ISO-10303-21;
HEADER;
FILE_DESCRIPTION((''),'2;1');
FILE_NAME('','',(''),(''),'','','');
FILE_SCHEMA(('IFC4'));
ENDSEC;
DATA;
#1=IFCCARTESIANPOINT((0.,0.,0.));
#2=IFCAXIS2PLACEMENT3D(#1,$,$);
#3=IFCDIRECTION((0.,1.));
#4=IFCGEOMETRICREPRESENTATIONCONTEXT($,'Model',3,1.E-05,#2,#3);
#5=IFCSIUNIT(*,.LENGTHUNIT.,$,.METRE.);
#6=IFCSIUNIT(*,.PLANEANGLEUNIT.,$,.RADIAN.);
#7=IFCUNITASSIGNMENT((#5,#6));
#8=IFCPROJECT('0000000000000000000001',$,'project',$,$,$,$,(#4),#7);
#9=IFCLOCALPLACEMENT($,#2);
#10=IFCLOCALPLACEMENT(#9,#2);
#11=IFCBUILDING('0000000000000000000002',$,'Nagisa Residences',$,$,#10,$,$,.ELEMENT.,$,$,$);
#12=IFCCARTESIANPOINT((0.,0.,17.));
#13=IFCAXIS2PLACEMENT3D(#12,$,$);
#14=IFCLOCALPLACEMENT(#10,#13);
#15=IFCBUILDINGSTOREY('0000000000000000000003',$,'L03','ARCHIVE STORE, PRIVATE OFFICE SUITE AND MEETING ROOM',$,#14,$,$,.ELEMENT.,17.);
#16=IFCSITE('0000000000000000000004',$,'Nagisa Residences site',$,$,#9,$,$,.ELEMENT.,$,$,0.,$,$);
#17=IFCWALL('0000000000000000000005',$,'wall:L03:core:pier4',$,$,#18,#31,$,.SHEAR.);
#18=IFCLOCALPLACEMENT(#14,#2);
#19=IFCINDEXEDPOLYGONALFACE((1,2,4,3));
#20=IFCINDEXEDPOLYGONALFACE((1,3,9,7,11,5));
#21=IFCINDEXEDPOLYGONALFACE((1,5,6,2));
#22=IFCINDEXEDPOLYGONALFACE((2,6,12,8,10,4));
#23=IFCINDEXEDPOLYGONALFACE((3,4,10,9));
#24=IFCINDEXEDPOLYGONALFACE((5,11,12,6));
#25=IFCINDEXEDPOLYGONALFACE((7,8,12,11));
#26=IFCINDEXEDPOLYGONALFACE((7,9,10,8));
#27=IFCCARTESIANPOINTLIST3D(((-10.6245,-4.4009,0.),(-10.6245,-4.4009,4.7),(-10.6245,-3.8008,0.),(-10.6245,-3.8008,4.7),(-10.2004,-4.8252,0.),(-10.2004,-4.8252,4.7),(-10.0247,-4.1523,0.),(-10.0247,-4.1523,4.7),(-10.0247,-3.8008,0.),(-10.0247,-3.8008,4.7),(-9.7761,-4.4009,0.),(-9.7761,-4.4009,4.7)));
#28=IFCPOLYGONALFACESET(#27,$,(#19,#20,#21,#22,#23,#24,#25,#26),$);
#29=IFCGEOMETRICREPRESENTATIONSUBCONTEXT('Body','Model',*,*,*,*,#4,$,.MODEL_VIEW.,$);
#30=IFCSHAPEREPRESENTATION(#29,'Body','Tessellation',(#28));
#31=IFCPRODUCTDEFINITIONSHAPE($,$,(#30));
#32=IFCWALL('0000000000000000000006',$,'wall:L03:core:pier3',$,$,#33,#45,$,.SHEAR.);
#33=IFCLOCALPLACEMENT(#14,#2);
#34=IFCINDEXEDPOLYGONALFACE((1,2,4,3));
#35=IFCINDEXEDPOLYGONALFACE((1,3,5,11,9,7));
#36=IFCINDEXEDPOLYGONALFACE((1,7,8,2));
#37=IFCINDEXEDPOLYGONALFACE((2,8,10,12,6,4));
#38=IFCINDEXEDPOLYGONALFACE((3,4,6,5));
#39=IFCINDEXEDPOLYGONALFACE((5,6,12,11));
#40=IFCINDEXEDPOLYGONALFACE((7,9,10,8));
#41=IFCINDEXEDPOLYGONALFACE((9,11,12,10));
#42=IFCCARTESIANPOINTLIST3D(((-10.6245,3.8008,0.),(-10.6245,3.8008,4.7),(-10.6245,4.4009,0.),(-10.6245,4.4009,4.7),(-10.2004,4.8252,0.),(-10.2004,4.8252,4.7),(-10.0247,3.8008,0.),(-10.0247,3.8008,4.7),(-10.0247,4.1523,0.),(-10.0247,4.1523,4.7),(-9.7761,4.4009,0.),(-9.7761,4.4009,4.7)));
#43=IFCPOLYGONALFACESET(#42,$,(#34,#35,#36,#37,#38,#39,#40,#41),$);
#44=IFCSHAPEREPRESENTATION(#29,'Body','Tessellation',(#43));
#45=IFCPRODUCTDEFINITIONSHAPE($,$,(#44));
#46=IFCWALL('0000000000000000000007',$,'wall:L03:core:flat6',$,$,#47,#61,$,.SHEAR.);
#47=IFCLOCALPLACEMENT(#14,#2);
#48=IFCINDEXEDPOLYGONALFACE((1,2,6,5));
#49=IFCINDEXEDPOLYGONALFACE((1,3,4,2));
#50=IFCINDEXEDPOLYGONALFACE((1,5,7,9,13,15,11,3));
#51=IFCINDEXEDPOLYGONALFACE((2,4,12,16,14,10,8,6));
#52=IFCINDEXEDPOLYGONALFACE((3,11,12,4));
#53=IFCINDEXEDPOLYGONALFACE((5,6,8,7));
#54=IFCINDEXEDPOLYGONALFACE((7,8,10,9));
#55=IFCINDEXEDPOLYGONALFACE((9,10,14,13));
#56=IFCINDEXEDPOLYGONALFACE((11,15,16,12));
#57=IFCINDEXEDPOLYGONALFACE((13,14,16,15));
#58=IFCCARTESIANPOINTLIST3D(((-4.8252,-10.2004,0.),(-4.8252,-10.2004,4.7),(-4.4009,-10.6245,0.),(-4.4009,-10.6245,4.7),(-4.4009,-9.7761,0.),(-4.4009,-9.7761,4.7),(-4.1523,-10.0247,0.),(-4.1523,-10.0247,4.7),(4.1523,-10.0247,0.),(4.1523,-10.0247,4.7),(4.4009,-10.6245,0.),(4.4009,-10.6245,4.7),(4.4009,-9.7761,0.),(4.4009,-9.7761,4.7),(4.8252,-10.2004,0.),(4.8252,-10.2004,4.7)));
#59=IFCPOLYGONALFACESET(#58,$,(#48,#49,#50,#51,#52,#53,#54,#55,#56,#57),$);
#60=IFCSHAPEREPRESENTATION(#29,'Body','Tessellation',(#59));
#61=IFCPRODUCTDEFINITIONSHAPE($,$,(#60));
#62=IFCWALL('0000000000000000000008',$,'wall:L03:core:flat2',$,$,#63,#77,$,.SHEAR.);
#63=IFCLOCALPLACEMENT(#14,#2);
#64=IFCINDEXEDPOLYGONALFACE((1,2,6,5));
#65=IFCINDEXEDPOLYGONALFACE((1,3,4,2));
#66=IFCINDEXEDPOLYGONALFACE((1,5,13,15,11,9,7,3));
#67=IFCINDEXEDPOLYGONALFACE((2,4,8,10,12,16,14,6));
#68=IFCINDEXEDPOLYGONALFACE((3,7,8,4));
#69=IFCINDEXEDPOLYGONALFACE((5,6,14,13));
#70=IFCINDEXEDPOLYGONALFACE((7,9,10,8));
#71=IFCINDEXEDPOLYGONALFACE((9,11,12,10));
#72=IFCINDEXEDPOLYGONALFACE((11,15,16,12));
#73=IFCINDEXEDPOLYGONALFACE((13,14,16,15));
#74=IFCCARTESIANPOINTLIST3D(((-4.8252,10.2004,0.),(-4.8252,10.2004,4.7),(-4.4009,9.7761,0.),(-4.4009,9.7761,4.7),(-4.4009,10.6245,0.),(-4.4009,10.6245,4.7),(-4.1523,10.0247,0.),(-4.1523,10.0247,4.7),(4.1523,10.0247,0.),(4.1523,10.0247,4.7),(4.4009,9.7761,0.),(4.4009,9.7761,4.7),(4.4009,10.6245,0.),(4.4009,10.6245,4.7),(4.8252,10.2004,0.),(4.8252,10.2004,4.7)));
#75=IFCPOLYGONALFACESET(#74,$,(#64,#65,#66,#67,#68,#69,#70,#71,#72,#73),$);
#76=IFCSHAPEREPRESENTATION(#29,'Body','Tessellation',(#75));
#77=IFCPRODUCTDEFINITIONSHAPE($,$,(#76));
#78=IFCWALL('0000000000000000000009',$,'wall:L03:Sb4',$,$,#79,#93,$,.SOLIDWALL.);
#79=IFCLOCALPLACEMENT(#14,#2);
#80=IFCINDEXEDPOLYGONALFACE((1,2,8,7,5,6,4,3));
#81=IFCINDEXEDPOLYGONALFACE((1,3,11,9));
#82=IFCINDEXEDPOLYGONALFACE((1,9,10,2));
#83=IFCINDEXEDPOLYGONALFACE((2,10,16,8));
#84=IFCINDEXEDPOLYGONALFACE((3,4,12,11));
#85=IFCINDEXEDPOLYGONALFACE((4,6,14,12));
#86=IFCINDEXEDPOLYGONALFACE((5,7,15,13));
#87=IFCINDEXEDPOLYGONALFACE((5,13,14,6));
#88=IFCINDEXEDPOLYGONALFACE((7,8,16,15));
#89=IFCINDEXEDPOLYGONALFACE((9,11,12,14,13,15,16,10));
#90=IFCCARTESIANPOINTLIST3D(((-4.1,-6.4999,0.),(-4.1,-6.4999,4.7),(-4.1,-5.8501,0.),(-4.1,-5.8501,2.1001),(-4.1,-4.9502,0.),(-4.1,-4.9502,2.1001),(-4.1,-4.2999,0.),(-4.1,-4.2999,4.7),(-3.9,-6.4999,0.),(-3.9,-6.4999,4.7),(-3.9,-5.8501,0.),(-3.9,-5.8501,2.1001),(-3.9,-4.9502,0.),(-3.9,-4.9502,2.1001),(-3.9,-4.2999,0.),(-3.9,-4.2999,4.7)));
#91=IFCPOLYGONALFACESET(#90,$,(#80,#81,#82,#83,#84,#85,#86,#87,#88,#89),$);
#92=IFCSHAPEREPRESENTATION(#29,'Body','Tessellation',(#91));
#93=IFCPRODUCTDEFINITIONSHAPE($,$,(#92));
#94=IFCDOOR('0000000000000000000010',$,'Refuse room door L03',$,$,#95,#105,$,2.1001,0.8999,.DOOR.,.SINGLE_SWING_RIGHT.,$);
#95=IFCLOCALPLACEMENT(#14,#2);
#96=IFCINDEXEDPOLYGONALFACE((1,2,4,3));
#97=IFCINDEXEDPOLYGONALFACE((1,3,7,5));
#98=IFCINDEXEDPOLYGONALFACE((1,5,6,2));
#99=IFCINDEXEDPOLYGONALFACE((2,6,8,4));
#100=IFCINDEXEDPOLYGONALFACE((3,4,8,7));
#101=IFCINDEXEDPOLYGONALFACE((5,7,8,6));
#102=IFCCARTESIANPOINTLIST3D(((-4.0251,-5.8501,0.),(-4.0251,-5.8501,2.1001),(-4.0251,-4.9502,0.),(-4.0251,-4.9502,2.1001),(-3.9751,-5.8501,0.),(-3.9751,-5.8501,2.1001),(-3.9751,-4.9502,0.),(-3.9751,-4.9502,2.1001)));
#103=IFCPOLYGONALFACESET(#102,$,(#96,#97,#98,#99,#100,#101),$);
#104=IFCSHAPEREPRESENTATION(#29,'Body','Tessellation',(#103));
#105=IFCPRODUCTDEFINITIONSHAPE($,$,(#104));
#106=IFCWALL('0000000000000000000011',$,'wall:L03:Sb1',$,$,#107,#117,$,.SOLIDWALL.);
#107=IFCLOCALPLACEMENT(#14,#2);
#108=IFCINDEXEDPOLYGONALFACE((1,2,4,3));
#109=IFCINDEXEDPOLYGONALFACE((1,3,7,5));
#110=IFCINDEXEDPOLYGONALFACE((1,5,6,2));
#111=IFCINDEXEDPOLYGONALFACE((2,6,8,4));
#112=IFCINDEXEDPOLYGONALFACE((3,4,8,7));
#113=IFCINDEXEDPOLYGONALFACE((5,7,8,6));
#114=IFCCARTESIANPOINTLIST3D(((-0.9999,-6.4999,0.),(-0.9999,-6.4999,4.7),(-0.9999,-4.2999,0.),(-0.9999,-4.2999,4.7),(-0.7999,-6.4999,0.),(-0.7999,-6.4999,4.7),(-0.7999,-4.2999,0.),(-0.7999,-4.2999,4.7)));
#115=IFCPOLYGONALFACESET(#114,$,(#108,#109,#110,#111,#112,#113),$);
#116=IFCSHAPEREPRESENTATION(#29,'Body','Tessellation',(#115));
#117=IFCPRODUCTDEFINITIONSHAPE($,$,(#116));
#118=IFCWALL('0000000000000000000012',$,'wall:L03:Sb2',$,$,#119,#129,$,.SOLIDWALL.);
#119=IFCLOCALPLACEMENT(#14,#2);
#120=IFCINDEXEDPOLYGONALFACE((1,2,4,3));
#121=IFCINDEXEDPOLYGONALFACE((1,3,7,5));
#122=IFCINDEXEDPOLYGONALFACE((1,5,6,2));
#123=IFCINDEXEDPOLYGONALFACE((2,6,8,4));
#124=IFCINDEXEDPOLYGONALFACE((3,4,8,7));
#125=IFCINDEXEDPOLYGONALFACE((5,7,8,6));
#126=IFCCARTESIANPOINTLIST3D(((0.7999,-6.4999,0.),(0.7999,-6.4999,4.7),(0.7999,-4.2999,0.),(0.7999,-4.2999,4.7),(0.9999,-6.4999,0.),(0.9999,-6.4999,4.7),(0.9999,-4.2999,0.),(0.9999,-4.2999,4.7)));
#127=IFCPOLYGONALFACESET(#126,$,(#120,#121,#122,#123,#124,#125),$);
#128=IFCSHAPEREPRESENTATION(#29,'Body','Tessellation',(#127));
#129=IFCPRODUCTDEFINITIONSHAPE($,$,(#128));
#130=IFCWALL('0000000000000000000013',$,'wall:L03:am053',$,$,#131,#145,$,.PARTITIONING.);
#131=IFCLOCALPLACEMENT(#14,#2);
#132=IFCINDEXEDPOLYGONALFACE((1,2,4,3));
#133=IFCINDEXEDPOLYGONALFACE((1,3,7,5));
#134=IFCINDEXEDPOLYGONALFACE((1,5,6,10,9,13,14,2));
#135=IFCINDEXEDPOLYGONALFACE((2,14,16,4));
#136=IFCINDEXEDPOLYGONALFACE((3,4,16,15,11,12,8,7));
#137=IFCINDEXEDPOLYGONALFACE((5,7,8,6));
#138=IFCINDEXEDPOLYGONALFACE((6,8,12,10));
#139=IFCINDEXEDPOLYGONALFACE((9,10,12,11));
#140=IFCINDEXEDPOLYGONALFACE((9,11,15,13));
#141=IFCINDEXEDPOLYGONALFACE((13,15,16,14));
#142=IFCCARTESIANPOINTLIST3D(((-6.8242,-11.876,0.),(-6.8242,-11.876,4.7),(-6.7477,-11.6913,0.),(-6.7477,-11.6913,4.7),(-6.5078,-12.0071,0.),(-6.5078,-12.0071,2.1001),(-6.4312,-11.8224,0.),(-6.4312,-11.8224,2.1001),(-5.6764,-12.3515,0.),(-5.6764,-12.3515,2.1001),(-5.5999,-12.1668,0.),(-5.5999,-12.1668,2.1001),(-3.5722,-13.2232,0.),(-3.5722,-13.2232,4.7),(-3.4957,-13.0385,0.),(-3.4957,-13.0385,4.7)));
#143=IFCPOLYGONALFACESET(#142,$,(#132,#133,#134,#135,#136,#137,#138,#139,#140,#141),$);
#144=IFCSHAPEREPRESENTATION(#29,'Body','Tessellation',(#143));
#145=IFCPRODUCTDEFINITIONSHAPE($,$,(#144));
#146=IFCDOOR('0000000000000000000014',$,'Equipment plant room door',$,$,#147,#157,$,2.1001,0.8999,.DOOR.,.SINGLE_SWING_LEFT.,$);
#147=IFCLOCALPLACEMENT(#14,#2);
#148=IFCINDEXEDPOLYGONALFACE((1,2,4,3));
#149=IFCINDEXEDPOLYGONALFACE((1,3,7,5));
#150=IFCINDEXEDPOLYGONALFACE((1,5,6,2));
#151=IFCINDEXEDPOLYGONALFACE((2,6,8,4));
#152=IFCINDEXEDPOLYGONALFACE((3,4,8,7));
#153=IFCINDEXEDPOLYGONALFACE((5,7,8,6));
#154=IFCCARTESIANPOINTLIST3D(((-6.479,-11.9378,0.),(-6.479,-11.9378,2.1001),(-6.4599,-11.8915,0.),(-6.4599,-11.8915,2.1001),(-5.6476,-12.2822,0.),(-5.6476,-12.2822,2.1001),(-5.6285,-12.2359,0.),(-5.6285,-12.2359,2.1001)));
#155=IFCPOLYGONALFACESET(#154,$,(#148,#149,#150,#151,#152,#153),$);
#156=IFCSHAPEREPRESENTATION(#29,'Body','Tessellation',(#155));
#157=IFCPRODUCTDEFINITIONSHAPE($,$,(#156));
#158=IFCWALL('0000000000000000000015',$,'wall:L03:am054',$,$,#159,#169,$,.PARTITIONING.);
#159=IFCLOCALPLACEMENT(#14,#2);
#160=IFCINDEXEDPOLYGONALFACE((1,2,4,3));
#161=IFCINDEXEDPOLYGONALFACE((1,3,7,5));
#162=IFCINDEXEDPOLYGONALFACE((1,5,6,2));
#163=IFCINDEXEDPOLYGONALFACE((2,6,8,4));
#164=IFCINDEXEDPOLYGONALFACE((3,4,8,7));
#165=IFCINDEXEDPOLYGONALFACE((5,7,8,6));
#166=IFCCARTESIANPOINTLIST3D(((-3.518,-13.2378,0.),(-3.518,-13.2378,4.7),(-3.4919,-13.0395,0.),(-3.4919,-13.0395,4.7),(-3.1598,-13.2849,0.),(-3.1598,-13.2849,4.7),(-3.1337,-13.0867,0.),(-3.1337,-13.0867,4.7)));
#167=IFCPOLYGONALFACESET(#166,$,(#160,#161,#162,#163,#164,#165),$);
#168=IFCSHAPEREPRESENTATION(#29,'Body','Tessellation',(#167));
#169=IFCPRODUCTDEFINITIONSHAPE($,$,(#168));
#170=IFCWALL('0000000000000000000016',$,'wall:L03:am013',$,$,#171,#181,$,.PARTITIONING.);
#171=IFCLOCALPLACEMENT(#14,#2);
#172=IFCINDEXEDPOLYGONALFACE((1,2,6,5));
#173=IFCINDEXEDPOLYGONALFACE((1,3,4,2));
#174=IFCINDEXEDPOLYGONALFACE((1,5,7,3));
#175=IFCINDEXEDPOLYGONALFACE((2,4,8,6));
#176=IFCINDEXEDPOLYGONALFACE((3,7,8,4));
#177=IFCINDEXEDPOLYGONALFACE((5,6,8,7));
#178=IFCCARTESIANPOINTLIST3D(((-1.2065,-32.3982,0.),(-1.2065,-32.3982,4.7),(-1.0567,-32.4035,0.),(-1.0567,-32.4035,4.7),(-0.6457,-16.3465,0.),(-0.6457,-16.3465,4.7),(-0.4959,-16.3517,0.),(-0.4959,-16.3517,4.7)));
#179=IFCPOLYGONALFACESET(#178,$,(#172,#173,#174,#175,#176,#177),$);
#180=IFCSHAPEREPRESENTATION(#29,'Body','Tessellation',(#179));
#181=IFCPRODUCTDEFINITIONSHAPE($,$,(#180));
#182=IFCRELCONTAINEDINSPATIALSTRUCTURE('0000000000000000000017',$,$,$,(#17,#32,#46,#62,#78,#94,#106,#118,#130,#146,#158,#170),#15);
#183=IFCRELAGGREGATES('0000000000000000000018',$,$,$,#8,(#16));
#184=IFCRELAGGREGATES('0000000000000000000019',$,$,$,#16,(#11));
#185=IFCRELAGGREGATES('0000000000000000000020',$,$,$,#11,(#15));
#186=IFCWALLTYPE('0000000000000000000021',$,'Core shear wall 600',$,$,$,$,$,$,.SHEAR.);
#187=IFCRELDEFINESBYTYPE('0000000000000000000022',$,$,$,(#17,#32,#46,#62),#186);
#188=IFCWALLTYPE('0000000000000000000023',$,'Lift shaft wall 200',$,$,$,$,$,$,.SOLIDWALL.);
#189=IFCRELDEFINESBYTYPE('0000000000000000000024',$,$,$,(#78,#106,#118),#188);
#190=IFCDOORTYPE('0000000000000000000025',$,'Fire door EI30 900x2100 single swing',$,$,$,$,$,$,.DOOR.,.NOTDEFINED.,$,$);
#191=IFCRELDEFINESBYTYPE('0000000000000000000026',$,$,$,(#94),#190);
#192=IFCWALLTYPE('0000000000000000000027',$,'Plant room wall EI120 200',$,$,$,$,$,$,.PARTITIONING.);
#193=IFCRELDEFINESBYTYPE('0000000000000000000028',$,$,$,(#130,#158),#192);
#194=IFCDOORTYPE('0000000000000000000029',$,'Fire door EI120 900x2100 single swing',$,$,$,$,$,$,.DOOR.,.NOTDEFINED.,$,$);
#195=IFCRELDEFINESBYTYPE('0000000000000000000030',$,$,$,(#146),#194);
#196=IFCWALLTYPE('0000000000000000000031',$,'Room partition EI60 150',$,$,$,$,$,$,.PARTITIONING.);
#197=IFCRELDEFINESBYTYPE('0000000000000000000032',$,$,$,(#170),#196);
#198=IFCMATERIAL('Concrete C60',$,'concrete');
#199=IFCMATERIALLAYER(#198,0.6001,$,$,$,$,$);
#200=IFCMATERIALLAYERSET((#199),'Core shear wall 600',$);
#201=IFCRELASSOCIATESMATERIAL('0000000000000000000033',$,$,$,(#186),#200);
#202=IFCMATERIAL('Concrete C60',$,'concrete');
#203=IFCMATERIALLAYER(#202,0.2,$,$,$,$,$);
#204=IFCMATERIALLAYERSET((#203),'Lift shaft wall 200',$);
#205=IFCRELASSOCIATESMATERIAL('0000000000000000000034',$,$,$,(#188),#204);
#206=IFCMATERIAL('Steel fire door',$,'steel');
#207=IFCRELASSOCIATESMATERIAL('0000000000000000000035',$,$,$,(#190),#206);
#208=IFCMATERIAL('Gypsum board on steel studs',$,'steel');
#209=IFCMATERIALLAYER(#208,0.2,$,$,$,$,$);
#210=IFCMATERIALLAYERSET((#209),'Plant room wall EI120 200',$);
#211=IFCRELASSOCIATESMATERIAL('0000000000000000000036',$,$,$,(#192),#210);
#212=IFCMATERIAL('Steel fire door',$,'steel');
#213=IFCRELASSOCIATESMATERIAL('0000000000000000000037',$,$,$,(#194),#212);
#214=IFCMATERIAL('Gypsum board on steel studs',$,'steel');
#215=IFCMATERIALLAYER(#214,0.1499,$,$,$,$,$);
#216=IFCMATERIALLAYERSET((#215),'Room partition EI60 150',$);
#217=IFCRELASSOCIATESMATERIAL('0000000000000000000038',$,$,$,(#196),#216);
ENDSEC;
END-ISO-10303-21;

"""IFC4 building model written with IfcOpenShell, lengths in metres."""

from ifc_helpers import new_model, si_unit, direction, frame, frame_2d, origin, place, context, subcontext, project, spatial, polyline, rectangle, outline, extrude, material, layer, layer_set, type_object, element, fill, save


model = new_model("IFC4")

# Units and contexts
model_context = context("Model", 3, precision=1e-05, world=origin(), true_north=direction((0.0, 1.0)))
body_context = subcontext(model_context, "Body", "Model", "MODEL_VIEW")
ifc_project = project(units=[si_unit("LENGTHUNIT", "METRE"), si_unit("PLANEANGLEUNIT", "RADIAN")], contexts=[model_context])

# Site, building, storey
site_placement = place(None, origin())
site = spatial("IfcSite", under=ifc_project, at=site_placement, Name="Nagisa Residences site", CompositionType="ELEMENT", RefElevation=0.0)
building_placement = place(site_placement, origin())
building = spatial("IfcBuilding", under=site, at=building_placement, Name="Nagisa Residences", CompositionType="ELEMENT")
storey_placement = place(building_placement, frame((0.0, 0.0, 17.0)))
storey = spatial("IfcBuildingStorey", under=building, at=storey_placement, Name="L03", Description="ARCHIVE STORE, PRIVATE OFFICE SUITE AND MEETING ROOM", CompositionType="ELEMENT", Elevation=17.0)

# Walls
ifc_material_1 = material(Name="Concrete C60", Category="concrete")
ifc_layer_1 = layer(ifc_material_1, 0.6001)
ifc_layer_set_1 = layer_set([ifc_layer_1], Name="Core shear wall 600")
wall_type_1 = type_object("IfcWallType", Name="Core shear wall 600", PredefinedType="SHEAR", material=ifc_layer_set_1)
wall_1_placement = place(storey_placement, origin())
element("IfcWall", 1, at=wall_1_placement, inside=storey, type_object=wall_type_1, Name="wall:L03:core:pier4", PredefinedType="SHEAR", context=body_context, shape_type="SweptSolid", body=[
    extrude(outline(polyline([(-10.6245, -3.8008), (-10.0247, -3.8008), (-10.0247, -4.1523), (-9.7761, -4.4009), (-10.2004, -4.8252), (-10.6245, -4.4009), (-10.6245, -3.8008)])), origin(), (0.0, 0.0, 1.0), 4.7),
])
wall_2_placement = place(storey_placement, origin())
element("IfcWall", 2, at=wall_2_placement, inside=storey, type_object=wall_type_1, Name="wall:L03:core:pier3", PredefinedType="SHEAR", context=body_context, shape_type="SweptSolid", body=[
    extrude(outline(polyline([(-10.2004, 4.8252), (-9.7761, 4.4009), (-10.0247, 4.1523), (-10.0247, 3.8008), (-10.6245, 3.8008), (-10.6245, 4.4009), (-10.2004, 4.8252)])), origin(), (0.0, 0.0, 1.0), 4.7),
])
wall_3_placement = place(storey_placement, origin())
element("IfcWall", 3, at=wall_3_placement, inside=storey, type_object=wall_type_1, Name="wall:L03:core:flat6", PredefinedType="SHEAR", context=body_context, shape_type="SweptSolid", body=[
    extrude(outline(polyline([(-4.1523, -10.0247), (4.1523, -10.0247), (4.4009, -9.7761), (4.8252, -10.2004), (4.4009, -10.6245), (-4.4009, -10.6245), (-4.8252, -10.2004), (-4.4009, -9.7761), (-4.1523, -10.0247)])), origin(), (0.0, 0.0, 1.0), 4.7),
])
wall_4_placement = place(storey_placement, origin())
element("IfcWall", 4, at=wall_4_placement, inside=storey, type_object=wall_type_1, Name="wall:L03:core:flat2", PredefinedType="SHEAR", context=body_context, shape_type="SweptSolid", body=[
    extrude(outline(polyline([(-4.1523, 10.0247), (-4.4009, 9.7761), (-4.8252, 10.2004), (-4.4009, 10.6245), (4.4009, 10.6245), (4.8252, 10.2004), (4.4009, 9.7761), (4.1523, 10.0247), (-4.1523, 10.0247)])), origin(), (0.0, 0.0, 1.0), 4.7),
])

# Wall, opening, door
ifc_material_2 = material(Name="Concrete C60", Category="concrete")
ifc_layer_2 = layer(ifc_material_2, 0.2)
ifc_layer_set_2 = layer_set([ifc_layer_2], Name="Lift shaft wall 200")
wall_type_2 = type_object("IfcWallType", Name="Lift shaft wall 200", PredefinedType="SOLIDWALL", material=ifc_layer_set_2)
wall_5_placement = place(storey_placement, frame((-4.0, -6.5, 0.0), z_axis=(0.0, 0.0, 1.0), x_axis=(0.0, 1.0, 0.0)))
wall_5 = element("IfcWall", 5, at=wall_5_placement, inside=storey, type_object=wall_type_2, Name="wall:L03:Sb4", PredefinedType="SOLIDWALL", context=body_context, shape_type="SweptSolid", body=[
    extrude(rectangle(XDim=2.2, YDim=0.2, at=frame_2d((1.1001, 0.0))), origin(), (0.0, 0.0, 1.0), 4.7),
])
opening_1_placement = place(wall_5_placement, frame((0.6499, 0.0, 0.0)))
opening_1 = element("IfcOpeningElement", 6, at=opening_1_placement, cuts=wall_5, PredefinedType="OPENING", context=body_context, shape_type="SweptSolid", body=[
    extrude(rectangle(XDim=0.8999, YDim=2.1001, at=frame_2d((0.45, 1.05))), frame((0.0, 0.1099, 0.0), z_axis=(0.0, -1.0, 0.0), x_axis=(1.0, 0.0, 0.0)), (0.0, 0.0, 1.0), 0.22),
])
ifc_material_3 = material(Name="Steel fire door", Category="steel")
door_type_1 = type_object("IfcDoorType", Name="Fire door EI30 900x2100 single swing", OperationType="NOTDEFINED", PredefinedType="DOOR", material=ifc_material_3)
door_1_placement = place(opening_1_placement, frame((0.8999, 0.0, 0.0), x_axis=(-1.0, 0.0, 0.0)))
door_1 = element("IfcDoor", 7, at=door_1_placement, inside=storey, type_object=door_type_1, Name="Refuse room door L03", OperationType="SINGLE_SWING_RIGHT", OverallHeight=2.1001, OverallWidth=0.8999, PredefinedType="DOOR", context=body_context, shape_type="SweptSolid", body=[
    extrude(rectangle(XDim=0.8999, YDim=2.1001, at=frame_2d((0.45, 1.05))), frame((0.0, 0.0249, 0.0), z_axis=(0.0, -1.0, 0.0), x_axis=(1.0, 0.0, 0.0)), (0.0, 0.0, 1.0), 0.05),
])
fill(opening_1, door_1)

# Walls
for number, where, z_axis, x_axis, name in (
    (8, (-0.8999, -6.5, 0.0), (0.0, 0.0, 1.0), (0.0, 1.0, 0.0), "wall:L03:Sb1"),
    (9, (0.8999, -6.5, 0.0), (0.0, 0.0, 1.0), (0.0, 1.0, 0.0), "wall:L03:Sb2"),
):
    element("IfcWall", number, at=place(storey_placement, frame(where, z_axis=z_axis, x_axis=x_axis)), inside=storey, type_object=wall_type_2, Name=name, PredefinedType="SOLIDWALL", context=body_context, shape_type="SweptSolid", body=[
        extrude(rectangle(XDim=2.2, YDim=0.2, at=frame_2d((1.1001, 0.0))), origin(), (0.0, 0.0, 1.0), 4.7),
    ])

# Wall, opening, door
ifc_material_4 = material(Name="Gypsum board on steel studs", Category="steel")
ifc_layer_3 = layer(ifc_material_4, 0.2)
ifc_layer_set_3 = layer_set([ifc_layer_3], Name="Plant room wall EI120 200")
wall_type_3 = type_object("IfcWallType", Name="Plant room wall EI120 200", PredefinedType="PARTITIONING", material=ifc_layer_set_3)
wall_6_placement = place(storey_placement, frame((-3.5339, -13.1309, 0.0), z_axis=(0.0, 0.0, 1.0), x_axis=(-0.923863, 0.382723, 0.0)))
wall_6 = element("IfcWall", 10, at=wall_6_placement, inside=storey, type_object=wall_type_3, Name="wall:L03:am053", PredefinedType="PARTITIONING", context=body_context, shape_type="SweptSolid", body=[
    extrude(rectangle(XDim=3.52, YDim=0.2, at=frame_2d((1.76, 0.0))), origin(), (0.0, 0.0, 1.0), 4.7),
])
opening_2_placement = place(wall_6_placement, frame((2.2776, 0.0, 0.0)))
opening_2 = element("IfcOpeningElement", 11, at=opening_2_placement, cuts=wall_6, PredefinedType="OPENING", context=body_context, shape_type="SweptSolid", body=[
    extrude(rectangle(XDim=0.8999, YDim=2.1001, at=frame_2d((0.45, 1.05))), frame((0.0, 0.1099, 0.0), z_axis=(0.0, -1.0, 0.0), x_axis=(1.0, 0.0, 0.0)), (0.0, 0.0, 1.0), 0.22),
])
ifc_material_5 = material(Name="Steel fire door", Category="steel")
door_type_2 = type_object("IfcDoorType", Name="Fire door EI120 900x2100 single swing", OperationType="NOTDEFINED", PredefinedType="DOOR", material=ifc_material_5)
door_2_placement = place(opening_2_placement, origin())
door_2 = element("IfcDoor", 12, at=door_2_placement, inside=storey, type_object=door_type_2, Name="Equipment plant room door", OperationType="SINGLE_SWING_LEFT", OverallHeight=2.1001, OverallWidth=0.8999, PredefinedType="DOOR", context=body_context, shape_type="SweptSolid", body=[
    extrude(rectangle(XDim=0.8999, YDim=2.1001, at=frame_2d((0.45, 1.05))), frame((0.0, 0.0249, 0.0), z_axis=(0.0, -1.0, 0.0), x_axis=(1.0, 0.0, 0.0)), (0.0, 0.0, 1.0), 0.05),
])
fill(opening_2, door_2)

# Walls
wall_7_placement = place(storey_placement, frame((-3.1467, -13.1858, 0.0), z_axis=(0.0, 0.0, 1.0), x_axis=(-0.991457, 0.130437, 0.0)))
element("IfcWall", 13, at=wall_7_placement, inside=storey, type_object=wall_type_3, Name="wall:L03:am054", PredefinedType="PARTITIONING", context=body_context, shape_type="SweptSolid", body=[
    extrude(rectangle(XDim=0.3613, YDim=0.2, at=frame_2d((0.1807, 0.0))), origin(), (0.0, 0.0, 1.0), 4.7),
])
ifc_material_6 = material(Name="Gypsum board on steel studs", Category="steel")
ifc_layer_4 = layer(ifc_material_6, 0.1499)
ifc_layer_set_4 = layer_set([ifc_layer_4], Name="Room partition EI60 150")
wall_type_4 = type_object("IfcWallType", Name="Room partition EI60 150", PredefinedType="PARTITIONING", material=ifc_layer_set_4)
wall_8_placement = place(storey_placement, frame((-0.5708, -16.3491, 0.0), z_axis=(0.0, 0.0, 1.0), x_axis=(-0.034915, -0.99939, 0.0)))
element("IfcWall", 14, at=wall_8_placement, inside=storey, type_object=wall_type_4, Name="wall:L03:am013", PredefinedType="PARTITIONING", context=body_context, shape_type="SweptSolid", body=[
    extrude(rectangle(XDim=16.0615, YDim=0.1499, at=frame_2d((8.0308, 0.0))), origin(), (0.0, 0.0, 1.0), 4.7),
])

save(model, "model.ifc")
